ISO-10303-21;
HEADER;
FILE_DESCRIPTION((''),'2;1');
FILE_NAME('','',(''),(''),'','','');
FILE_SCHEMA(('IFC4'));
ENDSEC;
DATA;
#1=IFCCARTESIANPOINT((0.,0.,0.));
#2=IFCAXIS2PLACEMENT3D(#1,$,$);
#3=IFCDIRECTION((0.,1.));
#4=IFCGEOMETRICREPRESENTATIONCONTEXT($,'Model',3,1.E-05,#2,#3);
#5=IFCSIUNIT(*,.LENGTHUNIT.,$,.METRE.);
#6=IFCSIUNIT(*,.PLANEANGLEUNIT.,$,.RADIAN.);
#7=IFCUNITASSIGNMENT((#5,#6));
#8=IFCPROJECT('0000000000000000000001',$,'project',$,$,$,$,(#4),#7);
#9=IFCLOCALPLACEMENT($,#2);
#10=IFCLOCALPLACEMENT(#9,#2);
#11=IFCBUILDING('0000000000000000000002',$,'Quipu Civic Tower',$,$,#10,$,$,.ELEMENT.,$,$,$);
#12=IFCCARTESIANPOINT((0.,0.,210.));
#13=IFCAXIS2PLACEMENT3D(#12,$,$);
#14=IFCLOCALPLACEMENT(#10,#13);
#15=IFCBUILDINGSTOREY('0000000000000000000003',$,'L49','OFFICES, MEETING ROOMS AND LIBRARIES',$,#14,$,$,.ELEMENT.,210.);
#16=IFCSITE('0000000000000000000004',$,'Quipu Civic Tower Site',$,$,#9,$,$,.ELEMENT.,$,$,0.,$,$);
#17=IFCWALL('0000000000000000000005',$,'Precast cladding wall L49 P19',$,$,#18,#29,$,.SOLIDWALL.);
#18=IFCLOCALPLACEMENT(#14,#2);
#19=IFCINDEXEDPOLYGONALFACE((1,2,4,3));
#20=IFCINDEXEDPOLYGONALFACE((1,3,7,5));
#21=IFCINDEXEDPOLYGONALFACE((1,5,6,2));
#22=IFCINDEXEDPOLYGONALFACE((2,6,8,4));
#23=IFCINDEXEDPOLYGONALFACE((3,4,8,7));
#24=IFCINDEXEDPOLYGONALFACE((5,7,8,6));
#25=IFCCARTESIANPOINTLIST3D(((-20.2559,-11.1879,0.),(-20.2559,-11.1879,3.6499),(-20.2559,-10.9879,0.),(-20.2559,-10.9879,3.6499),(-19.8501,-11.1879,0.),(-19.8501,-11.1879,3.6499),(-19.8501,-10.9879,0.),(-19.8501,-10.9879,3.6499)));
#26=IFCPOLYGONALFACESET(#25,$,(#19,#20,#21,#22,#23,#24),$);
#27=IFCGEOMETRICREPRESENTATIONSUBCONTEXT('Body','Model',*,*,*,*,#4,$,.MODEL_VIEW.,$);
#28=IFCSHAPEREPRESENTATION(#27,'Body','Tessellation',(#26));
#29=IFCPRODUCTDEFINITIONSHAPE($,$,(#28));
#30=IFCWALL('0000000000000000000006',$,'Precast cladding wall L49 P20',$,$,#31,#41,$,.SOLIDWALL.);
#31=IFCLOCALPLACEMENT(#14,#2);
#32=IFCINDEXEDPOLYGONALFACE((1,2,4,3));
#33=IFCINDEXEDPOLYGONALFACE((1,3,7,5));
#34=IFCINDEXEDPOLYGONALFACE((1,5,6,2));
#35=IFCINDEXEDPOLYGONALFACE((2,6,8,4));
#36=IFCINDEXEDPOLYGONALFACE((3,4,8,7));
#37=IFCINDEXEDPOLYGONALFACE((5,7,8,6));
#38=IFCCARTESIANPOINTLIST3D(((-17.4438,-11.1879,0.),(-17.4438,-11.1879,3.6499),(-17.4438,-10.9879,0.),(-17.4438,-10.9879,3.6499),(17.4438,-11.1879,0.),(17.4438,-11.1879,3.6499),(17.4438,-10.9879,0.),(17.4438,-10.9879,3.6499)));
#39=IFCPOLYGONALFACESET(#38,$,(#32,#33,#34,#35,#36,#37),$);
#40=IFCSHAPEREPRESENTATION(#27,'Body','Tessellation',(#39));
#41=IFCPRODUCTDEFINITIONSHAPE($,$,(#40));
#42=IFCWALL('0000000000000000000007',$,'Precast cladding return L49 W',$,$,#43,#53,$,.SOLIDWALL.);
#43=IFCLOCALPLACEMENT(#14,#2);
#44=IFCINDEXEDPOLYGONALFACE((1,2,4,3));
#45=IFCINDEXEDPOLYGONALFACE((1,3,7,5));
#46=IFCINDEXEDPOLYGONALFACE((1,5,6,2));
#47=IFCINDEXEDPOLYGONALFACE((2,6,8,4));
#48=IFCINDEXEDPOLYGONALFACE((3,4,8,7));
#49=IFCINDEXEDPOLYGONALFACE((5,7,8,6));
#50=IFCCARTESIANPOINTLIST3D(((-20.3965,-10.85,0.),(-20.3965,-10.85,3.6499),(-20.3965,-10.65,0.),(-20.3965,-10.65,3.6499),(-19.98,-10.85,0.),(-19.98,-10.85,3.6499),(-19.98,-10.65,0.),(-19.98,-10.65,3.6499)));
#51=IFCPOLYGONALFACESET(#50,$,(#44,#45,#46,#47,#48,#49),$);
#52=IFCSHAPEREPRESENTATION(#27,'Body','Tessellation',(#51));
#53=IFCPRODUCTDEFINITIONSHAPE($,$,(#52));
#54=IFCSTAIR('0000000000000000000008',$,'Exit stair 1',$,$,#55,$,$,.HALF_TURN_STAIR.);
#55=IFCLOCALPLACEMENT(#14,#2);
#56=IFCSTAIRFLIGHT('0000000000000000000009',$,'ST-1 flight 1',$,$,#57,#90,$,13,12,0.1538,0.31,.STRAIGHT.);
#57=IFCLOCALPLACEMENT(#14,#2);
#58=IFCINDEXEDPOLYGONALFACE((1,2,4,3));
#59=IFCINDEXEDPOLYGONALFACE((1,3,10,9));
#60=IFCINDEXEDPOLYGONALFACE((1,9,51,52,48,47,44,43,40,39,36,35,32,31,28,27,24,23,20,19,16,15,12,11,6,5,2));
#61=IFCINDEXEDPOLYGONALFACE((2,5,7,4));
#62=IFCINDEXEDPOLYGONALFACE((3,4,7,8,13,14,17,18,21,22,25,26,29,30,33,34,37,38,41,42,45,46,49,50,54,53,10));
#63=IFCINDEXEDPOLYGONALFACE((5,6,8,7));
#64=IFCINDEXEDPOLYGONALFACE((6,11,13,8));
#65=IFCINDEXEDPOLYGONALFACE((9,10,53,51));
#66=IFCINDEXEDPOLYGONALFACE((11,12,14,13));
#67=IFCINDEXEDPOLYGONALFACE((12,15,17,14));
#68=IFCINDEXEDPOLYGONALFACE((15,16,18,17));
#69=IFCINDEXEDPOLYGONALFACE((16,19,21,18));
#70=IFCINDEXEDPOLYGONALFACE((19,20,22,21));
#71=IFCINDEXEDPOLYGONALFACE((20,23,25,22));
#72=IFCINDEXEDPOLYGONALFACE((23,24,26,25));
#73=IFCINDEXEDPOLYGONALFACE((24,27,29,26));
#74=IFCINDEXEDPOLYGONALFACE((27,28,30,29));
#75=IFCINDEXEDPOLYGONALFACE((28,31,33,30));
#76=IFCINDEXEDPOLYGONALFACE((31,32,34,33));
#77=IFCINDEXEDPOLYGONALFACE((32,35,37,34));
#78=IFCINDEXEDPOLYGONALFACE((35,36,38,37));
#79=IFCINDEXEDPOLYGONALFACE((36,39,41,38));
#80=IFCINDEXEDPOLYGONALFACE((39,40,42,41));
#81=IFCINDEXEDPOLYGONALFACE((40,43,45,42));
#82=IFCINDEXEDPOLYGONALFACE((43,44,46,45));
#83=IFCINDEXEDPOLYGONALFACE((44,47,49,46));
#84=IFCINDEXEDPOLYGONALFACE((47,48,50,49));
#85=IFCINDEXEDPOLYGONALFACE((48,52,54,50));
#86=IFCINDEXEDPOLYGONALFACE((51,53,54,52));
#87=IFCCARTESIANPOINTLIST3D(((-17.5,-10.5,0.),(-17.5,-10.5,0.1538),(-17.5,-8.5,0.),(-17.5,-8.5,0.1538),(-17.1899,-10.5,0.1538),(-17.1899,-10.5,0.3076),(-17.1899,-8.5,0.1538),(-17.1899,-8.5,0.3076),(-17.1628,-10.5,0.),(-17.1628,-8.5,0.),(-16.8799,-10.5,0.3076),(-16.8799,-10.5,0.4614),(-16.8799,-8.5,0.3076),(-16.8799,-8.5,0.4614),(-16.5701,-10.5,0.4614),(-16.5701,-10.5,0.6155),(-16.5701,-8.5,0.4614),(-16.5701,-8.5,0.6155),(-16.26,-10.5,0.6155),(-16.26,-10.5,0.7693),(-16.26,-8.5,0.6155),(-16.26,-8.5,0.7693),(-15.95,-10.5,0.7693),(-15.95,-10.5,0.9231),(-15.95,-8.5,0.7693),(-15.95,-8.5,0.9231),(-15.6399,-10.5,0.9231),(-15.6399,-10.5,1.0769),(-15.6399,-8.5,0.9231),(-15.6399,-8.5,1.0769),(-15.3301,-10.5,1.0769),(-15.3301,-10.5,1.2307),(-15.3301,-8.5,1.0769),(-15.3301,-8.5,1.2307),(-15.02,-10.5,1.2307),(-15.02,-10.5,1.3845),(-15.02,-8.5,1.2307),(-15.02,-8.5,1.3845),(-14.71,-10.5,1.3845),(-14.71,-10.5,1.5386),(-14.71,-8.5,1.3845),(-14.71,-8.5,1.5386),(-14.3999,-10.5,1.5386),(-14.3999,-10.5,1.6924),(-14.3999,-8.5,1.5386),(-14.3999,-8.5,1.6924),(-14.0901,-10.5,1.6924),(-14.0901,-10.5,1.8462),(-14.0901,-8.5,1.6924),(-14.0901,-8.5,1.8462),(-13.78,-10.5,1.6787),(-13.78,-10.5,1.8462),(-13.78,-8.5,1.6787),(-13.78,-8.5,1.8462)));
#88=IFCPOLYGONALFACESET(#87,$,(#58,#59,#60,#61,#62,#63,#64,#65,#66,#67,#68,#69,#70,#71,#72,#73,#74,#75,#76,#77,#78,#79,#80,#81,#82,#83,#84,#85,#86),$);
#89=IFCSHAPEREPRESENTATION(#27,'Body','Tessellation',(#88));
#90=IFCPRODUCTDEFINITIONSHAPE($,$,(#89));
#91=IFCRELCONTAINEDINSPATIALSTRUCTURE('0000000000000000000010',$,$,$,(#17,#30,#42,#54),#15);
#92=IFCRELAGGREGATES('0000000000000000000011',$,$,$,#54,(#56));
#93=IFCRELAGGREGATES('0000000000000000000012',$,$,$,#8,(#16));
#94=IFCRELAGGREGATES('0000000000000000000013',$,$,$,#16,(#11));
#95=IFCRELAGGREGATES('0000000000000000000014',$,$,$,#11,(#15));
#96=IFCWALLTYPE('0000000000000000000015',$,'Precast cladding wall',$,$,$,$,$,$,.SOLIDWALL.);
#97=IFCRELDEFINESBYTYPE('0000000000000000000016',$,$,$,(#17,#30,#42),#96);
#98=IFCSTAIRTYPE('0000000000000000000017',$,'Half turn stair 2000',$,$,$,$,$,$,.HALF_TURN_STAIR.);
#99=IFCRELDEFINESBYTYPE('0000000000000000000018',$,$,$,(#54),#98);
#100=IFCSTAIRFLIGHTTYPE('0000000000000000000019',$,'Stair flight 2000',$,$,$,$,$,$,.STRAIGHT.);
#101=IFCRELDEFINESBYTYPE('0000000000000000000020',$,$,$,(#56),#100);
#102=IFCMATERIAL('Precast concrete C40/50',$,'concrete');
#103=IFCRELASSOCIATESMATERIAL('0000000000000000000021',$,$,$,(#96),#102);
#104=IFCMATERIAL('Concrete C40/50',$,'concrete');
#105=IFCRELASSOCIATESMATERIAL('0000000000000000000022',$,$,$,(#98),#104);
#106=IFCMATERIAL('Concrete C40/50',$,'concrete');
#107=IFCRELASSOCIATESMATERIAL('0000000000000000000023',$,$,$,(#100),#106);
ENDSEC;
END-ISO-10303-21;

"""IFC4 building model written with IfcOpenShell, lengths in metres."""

from ifc_helpers import new_model, si_unit, direction, frame, frame_2d, origin, place, context, subcontext, project, spatial, polyline, rectangle, outline, extrude, material, type_object, element, aggregate, save


model = new_model("IFC4")

# Units and contexts
model_context = context("Model", 3, precision=1e-05, world=origin(), true_north=direction((0.0, 1.0)))
body_context = subcontext(model_context, "Body", "Model", "MODEL_VIEW")
ifc_project = project(units=[si_unit("LENGTHUNIT", "METRE"), si_unit("PLANEANGLEUNIT", "RADIAN")], contexts=[model_context])

# Site, building, storey
site_placement = place(None, origin())
site = spatial("IfcSite", under=ifc_project, at=site_placement, Name="Quipu Civic Tower Site", CompositionType="ELEMENT", RefElevation=0.0)
building_placement = place(site_placement, origin())
building = spatial("IfcBuilding", under=site, at=building_placement, Name="Quipu Civic Tower", CompositionType="ELEMENT")
storey_placement = place(building_placement, frame((0.0, 0.0, 210.0)))
storey = spatial("IfcBuildingStorey", under=building, at=storey_placement, Name="L49", Description="OFFICES, MEETING ROOMS AND LIBRARIES", CompositionType="ELEMENT", Elevation=210.0)

# Walls
ifc_material_1 = material(Name="Precast concrete C40/50", Category="concrete")
wall_type_1 = type_object("IfcWallType", Name="Precast cladding wall", PredefinedType="SOLIDWALL", material=ifc_material_1)
wall_1_placement = place(storey_placement, frame((-20.2559, -11.0879, 0.0), z_axis=(0.0, 0.0, 1.0), x_axis=(1.0, 0.0, 0.0)))
element("IfcWall", 1, at=wall_1_placement, inside=storey, type_object=wall_type_1, Name="Precast cladding wall L49 P19", PredefinedType="SOLIDWALL", context=body_context, shape_type="SweptSolid", body=[
    extrude(rectangle(XDim=0.4058, YDim=0.2, at=frame_2d((0.2029, 0.0))), origin(), (0.0, 0.0, 1.0), 3.6499),
])
wall_2_placement = place(storey_placement, frame((-17.4438, -11.0879, 0.0), z_axis=(0.0, 0.0, 1.0), x_axis=(1.0, 0.0, 0.0)))
element("IfcWall", 2, at=wall_2_placement, inside=storey, type_object=wall_type_1, Name="Precast cladding wall L49 P20", PredefinedType="SOLIDWALL", context=body_context, shape_type="SweptSolid", body=[
    extrude(rectangle(XDim=34.8877, YDim=0.2, at=frame_2d((17.4438, 0.0))), origin(), (0.0, 0.0, 1.0), 3.6499),
])
wall_3_placement = place(storey_placement, frame((-19.98, -10.75, 0.0), z_axis=(0.0, 0.0, 1.0), x_axis=(-1.0, 0.0, 0.0)))
element("IfcWall", 3, at=wall_3_placement, inside=storey, type_object=wall_type_1, Name="Precast cladding return L49 W", PredefinedType="SOLIDWALL", context=body_context, shape_type="SweptSolid", body=[
    extrude(rectangle(XDim=0.4165, YDim=0.2, at=frame_2d((0.2083, 0.0))), origin(), (0.0, 0.0, 1.0), 3.6499),
])

# Stair, stair flight
ifc_material_2 = material(Name="Concrete C40/50", Category="concrete")
stair_type = type_object("IfcStairType", Name="Half turn stair 2000", PredefinedType="HALF_TURN_STAIR", material=ifc_material_2)
stair_placement = place(storey_placement, origin())
stair = element("IfcStair", 4, at=stair_placement, inside=storey, type_object=stair_type, Name="Exit stair 1", PredefinedType="HALF_TURN_STAIR")
ifc_material_3 = material(Name="Concrete C40/50", Category="concrete")
stair_flight_type = type_object("IfcStairFlightType", Name="Stair flight 2000", PredefinedType="STRAIGHT", material=ifc_material_3)
stair_flight_placement = place(storey_placement, frame((-17.5, -9.5, 0.0), z_axis=(0.0, 0.0, 1.0), x_axis=(1.0, 0.0, 0.0)))
stair_flight = element("IfcStairFlight", 5, at=stair_flight_placement, type_object=stair_flight_type, Name="ST-1 flight 1", NumberOfRisers=13, NumberOfTreads=12, PredefinedType="STRAIGHT", RiserHeight=0.1538, TreadLength=0.31, context=body_context, shape_type="SweptSolid", body=[
    extrude(outline(polyline([(0.0, 0.0), (0.0, 0.1538), (0.3101, 0.1538), (0.3101, 0.3076), (0.6201, 0.3076), (0.6201, 0.4614), (0.9299, 0.4614), (0.9299, 0.6155), (1.24, 0.6155), (1.24, 0.7693), (1.55, 0.7693), (1.55, 0.9231), (1.8601, 0.9231), (1.8601, 1.0769), (2.1699, 1.0769), (2.1699, 1.2307), (2.48, 1.2307), (2.48, 1.3845), (2.79, 1.3845), (2.79, 1.5386), (3.1001, 1.5386), (3.1001, 1.6924), (3.4099, 1.6924), (3.4099, 1.8462), (3.72, 1.8462), (3.72, 2.0), (3.72, 1.6787), (0.3372, 0.0), (0.0, 0.0)])), frame((0.0, 1.0, 0.0), z_axis=(0.0, -1.0, 0.0), x_axis=(1.0, 0.0, 0.0)), (0.0, 0.0, 1.0), 2.0),
])
aggregate(stair, [stair_flight])

save(model, "model.ifc")
